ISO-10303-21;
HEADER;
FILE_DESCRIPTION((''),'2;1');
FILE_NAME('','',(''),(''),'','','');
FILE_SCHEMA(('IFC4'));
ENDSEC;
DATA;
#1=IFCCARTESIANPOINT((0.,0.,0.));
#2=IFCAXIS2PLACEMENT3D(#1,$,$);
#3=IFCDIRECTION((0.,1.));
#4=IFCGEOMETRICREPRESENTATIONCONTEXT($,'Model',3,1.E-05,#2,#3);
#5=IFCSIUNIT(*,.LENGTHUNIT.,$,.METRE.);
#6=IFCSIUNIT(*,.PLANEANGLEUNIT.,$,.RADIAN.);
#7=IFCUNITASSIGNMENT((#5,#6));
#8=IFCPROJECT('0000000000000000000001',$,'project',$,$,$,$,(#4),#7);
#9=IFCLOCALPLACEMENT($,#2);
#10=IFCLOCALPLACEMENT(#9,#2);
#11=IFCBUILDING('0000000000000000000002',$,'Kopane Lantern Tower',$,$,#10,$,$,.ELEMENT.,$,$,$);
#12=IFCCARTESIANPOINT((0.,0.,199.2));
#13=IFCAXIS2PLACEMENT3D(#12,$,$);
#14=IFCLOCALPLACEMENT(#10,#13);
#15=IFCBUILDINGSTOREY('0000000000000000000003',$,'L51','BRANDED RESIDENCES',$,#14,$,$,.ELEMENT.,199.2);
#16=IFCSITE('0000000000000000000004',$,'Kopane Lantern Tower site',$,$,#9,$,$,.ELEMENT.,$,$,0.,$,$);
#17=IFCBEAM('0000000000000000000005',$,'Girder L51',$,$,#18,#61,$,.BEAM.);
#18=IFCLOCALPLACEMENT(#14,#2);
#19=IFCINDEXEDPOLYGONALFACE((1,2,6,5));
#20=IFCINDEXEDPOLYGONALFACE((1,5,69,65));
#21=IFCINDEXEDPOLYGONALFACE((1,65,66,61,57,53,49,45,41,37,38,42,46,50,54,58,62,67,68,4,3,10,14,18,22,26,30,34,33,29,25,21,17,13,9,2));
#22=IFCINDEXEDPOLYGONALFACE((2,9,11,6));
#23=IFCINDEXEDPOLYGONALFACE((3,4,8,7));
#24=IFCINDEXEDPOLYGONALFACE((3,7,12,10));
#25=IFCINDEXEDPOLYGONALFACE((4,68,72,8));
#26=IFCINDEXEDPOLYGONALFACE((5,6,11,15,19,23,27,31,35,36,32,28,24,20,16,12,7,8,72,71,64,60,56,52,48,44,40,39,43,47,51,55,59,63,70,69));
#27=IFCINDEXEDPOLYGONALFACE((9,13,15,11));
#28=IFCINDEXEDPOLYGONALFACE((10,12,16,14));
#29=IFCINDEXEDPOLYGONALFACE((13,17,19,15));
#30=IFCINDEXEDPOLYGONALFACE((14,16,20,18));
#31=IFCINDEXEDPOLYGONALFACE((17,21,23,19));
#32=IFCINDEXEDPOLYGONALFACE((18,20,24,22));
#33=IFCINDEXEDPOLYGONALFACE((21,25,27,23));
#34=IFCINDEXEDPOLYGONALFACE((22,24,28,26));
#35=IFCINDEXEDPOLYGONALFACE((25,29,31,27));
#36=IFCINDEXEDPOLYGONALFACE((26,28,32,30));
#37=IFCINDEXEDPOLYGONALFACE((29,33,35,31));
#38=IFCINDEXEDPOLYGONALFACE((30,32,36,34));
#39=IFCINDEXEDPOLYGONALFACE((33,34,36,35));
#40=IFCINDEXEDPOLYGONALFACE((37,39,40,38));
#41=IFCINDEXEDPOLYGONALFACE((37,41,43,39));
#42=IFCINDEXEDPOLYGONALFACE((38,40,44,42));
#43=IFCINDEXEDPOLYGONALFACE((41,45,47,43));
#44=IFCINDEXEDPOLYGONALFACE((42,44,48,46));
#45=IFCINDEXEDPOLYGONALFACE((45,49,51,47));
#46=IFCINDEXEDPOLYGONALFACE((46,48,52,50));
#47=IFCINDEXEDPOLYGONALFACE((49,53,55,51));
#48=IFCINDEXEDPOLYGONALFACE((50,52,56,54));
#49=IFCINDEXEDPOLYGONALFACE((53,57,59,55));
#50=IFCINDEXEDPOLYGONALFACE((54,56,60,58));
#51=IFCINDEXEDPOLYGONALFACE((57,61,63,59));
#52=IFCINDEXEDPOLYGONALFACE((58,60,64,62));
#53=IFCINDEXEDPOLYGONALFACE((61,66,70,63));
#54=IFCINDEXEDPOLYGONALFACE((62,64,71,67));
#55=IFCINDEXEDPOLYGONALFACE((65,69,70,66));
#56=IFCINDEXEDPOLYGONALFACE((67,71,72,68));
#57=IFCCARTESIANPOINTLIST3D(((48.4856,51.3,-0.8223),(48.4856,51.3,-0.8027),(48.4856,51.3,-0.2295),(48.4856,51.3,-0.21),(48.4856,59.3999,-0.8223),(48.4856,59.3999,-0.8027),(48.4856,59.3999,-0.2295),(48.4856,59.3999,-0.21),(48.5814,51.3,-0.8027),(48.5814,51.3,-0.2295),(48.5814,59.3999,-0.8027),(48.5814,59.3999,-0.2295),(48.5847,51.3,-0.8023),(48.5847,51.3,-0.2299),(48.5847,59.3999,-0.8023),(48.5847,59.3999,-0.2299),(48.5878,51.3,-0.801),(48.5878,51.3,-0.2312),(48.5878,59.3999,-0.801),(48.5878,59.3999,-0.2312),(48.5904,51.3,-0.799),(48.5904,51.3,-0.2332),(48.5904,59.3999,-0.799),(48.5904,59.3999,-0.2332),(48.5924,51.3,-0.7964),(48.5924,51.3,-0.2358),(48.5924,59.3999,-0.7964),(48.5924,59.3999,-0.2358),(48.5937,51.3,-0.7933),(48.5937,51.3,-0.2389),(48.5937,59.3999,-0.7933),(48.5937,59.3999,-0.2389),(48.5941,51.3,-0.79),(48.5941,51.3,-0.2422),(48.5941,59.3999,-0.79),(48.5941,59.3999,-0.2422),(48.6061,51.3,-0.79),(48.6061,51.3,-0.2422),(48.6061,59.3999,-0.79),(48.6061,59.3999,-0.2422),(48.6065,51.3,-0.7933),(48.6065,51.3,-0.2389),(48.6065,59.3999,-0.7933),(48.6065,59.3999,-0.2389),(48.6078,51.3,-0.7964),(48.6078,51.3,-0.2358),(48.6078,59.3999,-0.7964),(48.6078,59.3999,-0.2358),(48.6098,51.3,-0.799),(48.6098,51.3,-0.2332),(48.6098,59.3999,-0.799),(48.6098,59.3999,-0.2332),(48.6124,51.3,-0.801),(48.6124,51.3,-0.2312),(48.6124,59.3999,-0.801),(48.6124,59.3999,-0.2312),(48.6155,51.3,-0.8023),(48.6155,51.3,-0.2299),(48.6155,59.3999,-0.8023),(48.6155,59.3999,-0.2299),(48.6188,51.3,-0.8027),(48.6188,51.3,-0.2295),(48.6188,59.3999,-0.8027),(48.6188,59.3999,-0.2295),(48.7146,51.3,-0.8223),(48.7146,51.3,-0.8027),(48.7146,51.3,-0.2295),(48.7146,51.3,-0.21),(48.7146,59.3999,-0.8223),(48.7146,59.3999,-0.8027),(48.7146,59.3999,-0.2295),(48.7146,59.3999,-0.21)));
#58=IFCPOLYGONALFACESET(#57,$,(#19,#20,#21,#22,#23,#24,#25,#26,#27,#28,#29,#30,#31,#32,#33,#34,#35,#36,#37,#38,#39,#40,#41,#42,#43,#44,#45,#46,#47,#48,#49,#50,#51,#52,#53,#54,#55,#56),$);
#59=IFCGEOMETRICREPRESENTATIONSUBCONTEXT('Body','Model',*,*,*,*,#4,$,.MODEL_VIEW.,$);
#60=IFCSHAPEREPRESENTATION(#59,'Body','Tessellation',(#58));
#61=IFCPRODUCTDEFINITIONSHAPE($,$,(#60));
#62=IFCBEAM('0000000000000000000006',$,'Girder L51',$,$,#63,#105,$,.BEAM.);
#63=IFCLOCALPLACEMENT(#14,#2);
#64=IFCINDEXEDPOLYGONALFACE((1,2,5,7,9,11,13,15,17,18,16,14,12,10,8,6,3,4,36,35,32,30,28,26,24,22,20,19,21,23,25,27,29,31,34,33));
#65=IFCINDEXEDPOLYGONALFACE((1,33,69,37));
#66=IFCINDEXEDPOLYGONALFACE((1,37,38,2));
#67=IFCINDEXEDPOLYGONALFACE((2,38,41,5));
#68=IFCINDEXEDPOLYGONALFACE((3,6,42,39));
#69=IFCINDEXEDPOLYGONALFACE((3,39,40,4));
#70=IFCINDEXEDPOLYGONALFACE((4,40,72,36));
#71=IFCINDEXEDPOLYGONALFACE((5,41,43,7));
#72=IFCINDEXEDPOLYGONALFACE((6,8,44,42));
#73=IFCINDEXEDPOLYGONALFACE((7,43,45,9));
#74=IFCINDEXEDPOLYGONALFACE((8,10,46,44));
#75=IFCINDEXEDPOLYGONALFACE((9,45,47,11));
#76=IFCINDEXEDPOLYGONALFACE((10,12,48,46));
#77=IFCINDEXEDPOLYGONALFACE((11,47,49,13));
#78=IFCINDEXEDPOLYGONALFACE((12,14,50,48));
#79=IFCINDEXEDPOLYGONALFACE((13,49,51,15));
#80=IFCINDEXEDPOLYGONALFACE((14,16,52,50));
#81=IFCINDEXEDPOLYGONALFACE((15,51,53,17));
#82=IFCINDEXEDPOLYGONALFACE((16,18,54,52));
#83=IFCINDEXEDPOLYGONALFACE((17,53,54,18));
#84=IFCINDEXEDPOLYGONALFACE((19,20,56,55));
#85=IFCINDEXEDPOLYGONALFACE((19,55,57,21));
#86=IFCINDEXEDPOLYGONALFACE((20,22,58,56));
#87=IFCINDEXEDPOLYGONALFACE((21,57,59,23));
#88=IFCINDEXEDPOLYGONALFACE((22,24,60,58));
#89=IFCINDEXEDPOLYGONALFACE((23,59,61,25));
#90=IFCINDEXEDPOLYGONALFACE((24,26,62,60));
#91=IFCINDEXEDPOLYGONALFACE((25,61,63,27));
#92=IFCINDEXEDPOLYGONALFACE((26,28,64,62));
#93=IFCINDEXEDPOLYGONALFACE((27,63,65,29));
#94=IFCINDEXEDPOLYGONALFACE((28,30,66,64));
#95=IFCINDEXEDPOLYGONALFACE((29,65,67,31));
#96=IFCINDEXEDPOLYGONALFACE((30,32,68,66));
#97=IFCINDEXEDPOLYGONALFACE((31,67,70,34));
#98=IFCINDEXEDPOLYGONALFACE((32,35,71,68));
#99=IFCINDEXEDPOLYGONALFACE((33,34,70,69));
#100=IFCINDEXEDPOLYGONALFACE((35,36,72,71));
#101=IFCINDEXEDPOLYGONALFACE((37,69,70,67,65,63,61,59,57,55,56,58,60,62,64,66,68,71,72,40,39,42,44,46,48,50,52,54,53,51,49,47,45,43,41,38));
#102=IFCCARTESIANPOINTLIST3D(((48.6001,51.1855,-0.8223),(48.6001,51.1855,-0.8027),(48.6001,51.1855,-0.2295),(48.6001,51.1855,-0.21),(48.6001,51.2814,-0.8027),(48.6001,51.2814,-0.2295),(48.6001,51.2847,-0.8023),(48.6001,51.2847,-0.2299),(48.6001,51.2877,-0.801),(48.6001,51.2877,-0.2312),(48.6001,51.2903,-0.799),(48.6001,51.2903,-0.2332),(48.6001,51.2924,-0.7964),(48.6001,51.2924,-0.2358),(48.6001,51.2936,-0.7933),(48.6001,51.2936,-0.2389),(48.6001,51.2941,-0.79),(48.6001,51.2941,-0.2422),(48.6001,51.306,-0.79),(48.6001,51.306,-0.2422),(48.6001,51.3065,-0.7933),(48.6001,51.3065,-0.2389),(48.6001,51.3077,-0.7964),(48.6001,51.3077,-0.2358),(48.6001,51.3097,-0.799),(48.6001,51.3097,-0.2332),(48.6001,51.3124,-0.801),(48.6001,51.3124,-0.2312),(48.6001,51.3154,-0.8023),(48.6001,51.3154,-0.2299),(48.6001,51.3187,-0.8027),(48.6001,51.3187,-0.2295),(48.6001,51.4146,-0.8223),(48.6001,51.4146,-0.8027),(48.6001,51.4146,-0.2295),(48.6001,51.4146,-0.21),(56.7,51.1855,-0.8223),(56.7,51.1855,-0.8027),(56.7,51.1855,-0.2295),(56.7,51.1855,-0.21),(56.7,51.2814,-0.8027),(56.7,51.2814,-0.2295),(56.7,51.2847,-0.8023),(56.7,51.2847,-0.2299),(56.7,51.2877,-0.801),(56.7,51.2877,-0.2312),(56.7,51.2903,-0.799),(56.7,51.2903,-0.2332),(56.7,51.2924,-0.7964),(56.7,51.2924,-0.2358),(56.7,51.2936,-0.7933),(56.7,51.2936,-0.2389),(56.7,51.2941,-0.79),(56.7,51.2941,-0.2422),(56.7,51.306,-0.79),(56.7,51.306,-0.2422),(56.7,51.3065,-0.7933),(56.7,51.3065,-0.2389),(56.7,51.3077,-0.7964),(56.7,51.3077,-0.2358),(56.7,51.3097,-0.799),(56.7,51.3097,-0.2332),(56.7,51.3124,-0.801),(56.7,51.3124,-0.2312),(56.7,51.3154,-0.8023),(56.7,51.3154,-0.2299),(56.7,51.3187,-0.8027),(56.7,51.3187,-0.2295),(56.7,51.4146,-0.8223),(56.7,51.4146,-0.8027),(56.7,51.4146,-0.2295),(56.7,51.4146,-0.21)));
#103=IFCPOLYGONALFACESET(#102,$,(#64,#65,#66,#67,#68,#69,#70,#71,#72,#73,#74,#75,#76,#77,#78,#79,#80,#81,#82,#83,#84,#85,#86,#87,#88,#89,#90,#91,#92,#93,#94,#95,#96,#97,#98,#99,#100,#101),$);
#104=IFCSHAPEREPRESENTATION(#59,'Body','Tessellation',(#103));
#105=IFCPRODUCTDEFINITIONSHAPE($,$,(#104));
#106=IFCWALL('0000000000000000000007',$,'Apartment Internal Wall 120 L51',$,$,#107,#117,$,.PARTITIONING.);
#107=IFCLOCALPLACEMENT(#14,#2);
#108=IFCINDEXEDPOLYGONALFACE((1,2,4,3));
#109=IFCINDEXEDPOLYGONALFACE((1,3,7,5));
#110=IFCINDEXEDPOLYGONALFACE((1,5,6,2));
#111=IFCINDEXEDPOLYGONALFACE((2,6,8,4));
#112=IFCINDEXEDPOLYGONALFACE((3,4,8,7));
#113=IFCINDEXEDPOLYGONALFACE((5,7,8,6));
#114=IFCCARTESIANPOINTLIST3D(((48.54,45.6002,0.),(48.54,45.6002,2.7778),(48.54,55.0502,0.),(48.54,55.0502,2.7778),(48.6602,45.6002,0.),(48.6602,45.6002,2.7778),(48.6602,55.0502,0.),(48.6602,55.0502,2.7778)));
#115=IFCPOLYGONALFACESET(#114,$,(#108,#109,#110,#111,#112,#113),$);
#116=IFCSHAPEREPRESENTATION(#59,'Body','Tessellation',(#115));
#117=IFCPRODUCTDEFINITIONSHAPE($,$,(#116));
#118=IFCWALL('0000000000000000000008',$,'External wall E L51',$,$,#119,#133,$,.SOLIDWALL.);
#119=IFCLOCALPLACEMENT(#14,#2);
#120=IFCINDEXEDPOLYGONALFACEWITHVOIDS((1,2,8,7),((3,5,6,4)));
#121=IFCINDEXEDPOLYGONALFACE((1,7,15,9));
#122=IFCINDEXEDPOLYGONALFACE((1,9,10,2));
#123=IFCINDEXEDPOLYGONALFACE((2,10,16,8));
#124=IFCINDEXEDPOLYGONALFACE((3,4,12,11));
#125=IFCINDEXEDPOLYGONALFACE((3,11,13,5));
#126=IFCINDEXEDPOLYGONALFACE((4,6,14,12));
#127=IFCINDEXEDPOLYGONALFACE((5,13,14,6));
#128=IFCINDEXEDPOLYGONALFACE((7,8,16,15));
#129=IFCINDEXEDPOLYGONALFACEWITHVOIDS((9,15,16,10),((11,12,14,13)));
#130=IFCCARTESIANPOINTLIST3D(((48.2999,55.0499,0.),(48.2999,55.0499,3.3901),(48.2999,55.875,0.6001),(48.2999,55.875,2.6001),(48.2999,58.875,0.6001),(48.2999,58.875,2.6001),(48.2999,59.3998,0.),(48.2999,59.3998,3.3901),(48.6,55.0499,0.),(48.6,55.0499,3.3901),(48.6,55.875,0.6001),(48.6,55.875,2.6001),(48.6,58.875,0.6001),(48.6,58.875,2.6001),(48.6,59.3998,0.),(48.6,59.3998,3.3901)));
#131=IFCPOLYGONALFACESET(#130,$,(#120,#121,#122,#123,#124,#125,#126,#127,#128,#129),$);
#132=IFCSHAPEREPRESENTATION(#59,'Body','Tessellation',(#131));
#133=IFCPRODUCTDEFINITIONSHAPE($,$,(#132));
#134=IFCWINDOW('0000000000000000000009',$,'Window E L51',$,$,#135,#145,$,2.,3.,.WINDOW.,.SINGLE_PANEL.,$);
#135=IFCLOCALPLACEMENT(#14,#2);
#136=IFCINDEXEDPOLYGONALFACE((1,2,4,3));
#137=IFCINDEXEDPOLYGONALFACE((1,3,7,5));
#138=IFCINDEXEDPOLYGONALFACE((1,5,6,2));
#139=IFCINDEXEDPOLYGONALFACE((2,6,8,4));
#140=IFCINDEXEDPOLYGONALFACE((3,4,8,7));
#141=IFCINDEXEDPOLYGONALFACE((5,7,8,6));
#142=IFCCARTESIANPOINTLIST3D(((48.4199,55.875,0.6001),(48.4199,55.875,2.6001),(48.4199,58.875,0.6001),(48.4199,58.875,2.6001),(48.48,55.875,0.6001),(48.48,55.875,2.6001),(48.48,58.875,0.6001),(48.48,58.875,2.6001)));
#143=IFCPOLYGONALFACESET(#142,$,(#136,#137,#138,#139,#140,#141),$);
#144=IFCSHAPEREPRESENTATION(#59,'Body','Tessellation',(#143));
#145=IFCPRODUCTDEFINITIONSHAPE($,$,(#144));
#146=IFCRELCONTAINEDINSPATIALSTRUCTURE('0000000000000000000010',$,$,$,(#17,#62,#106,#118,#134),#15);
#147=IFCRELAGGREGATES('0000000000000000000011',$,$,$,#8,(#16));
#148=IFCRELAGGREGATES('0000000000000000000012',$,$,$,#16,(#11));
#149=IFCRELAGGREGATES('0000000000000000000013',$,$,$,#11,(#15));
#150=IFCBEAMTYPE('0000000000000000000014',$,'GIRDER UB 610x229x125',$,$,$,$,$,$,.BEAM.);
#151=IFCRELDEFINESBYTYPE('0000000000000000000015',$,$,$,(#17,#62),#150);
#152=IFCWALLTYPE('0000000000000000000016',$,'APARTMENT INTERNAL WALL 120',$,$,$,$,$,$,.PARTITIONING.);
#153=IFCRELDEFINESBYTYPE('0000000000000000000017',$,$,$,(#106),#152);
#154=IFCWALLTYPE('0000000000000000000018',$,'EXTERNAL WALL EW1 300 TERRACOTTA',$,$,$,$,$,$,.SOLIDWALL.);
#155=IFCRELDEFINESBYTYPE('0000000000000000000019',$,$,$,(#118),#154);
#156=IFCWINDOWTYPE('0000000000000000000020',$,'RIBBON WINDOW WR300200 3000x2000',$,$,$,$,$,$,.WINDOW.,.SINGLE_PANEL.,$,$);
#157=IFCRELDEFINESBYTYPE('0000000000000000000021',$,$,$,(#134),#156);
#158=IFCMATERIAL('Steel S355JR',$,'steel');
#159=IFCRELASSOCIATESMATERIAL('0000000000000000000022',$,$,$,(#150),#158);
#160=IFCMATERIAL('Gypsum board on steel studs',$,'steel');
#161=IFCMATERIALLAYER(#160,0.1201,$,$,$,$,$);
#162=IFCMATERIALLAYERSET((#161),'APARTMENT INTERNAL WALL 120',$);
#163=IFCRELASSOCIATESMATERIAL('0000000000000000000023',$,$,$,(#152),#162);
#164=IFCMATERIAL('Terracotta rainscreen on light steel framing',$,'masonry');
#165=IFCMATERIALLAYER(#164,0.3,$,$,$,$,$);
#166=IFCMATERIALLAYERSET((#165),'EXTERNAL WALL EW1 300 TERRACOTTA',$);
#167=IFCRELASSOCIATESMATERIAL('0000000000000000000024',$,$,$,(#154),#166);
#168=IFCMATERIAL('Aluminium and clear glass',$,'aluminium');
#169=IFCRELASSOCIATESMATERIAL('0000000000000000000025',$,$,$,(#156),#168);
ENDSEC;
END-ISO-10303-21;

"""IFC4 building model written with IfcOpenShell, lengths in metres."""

from ifc_helpers import new_model, si_unit, direction, frame, frame_2d, origin, origin_2d, place, context, subcontext, project, spatial, rectangle, i_section, extrude, material, layer, layer_set, material_profile, profile_set, type_object, element, fill, save


model = new_model("IFC4")

# Units and contexts
model_context = context("Model", 3, precision=1e-05, world=origin(), true_north=direction((0.0, 1.0)))
body_context = subcontext(model_context, "Body", "Model", "MODEL_VIEW")
ifc_project = project(units=[si_unit("LENGTHUNIT", "METRE"), si_unit("PLANEANGLEUNIT", "RADIAN")], contexts=[model_context])

# Site, building, storey
site_placement = place(None, origin())
site = spatial("IfcSite", under=ifc_project, at=site_placement, Name="Kopane Lantern Tower site", CompositionType="ELEMENT", RefElevation=0.0)
building_placement = place(site_placement, origin())
building = spatial("IfcBuilding", under=site, at=building_placement, Name="Kopane Lantern Tower", CompositionType="ELEMENT")
storey_placement = place(building_placement, frame((0.0, 0.0, 199.2)))
storey = spatial("IfcBuildingStorey", under=building, at=storey_placement, Name="L51", Description="BRANDED RESIDENCES", CompositionType="ELEMENT", Elevation=199.2)

# Beams
ifc_material_1 = material(Name="Steel S355JR", Category="steel")
ifc_material_profile_1 = material_profile(ifc_material_1, i_section(OverallWidth=0.229, OverallDepth=0.6123, WebThickness=0.012, FlangeThickness=0.0195, FilletRadius=0.0127, at=origin_2d()), Name="UB 610x229x125")
ifc_profile_set_1 = profile_set([ifc_material_profile_1], Name="Steel S355JR")
beam_type = type_object("IfcBeamType", Name="GIRDER UB 610x229x125", PredefinedType="BEAM", material=ifc_profile_set_1)
for number, where, z_axis, x_axis, name in (
    (1, (48.6001, 51.3, -0.5161), (0.0, 1.0, 0.0), (-1.0, 0.0, 0.0), "Girder L51"),
    (2, (48.6001, 51.3, -0.5161), (1.0, 0.0, 0.0), (0.0, 1.0, 0.0), "Girder L51"),
):
    element("IfcBeam", number, at=place(storey_placement, frame(where, z_axis=z_axis, x_axis=x_axis)), inside=storey, type_object=beam_type, Name=name, PredefinedType="BEAM", context=body_context, shape_type="SweptSolid", body=[
        extrude(i_section(OverallWidth=0.229, OverallDepth=0.6123, WebThickness=0.012, FlangeThickness=0.0195, FilletRadius=0.0127, at=origin_2d()), origin(), (0.0, 0.0, 1.0), 8.0999),
    ])

# Wall
ifc_material_2 = material(Name="Gypsum board on steel studs", Category="steel")
ifc_layer_1 = layer(ifc_material_2, 0.1201)
ifc_layer_set_1 = layer_set([ifc_layer_1], Name="APARTMENT INTERNAL WALL 120")
wall_type_1 = type_object("IfcWallType", Name="APARTMENT INTERNAL WALL 120", PredefinedType="PARTITIONING", material=ifc_layer_set_1)
wall_1_placement = place(storey_placement, frame((48.6001, 45.6001, 0.0), z_axis=(0.0, 0.0, 1.0), x_axis=(0.0, 1.0, 0.0)))
element("IfcWall", 3, at=wall_1_placement, inside=storey, type_object=wall_type_1, Name="Apartment Internal Wall 120 L51", PredefinedType="PARTITIONING", context=body_context, shape_type="SweptSolid", body=[
    extrude(rectangle(XDim=9.45, YDim=0.1201, at=frame_2d((4.7251, 0.0))), origin(), (0.0, 0.0, 1.0), 2.7778),
])

# Wall, opening, window
ifc_material_3 = material(Name="Terracotta rainscreen on light steel framing", Category="masonry")
ifc_layer_2 = layer(ifc_material_3, 0.3)
ifc_layer_set_2 = layer_set([ifc_layer_2], Name="EXTERNAL WALL EW1 300 TERRACOTTA")
wall_type_2 = type_object("IfcWallType", Name="EXTERNAL WALL EW1 300 TERRACOTTA", PredefinedType="SOLIDWALL", material=ifc_layer_set_2)
wall_2_placement = place(storey_placement, frame((48.45, 55.05, 0.0), z_axis=(0.0, 0.0, 1.0), x_axis=(0.0, 1.0, 0.0)))
wall_2 = element("IfcWall", 4, at=wall_2_placement, inside=storey, type_object=wall_type_2, Name="External wall E L51", PredefinedType="SOLIDWALL", context=body_context, shape_type="SweptSolid", body=[
    extrude(rectangle(XDim=4.3499, YDim=0.3, at=frame_2d((2.1748, 0.0))), origin(), (0.0, 0.0, 1.0), 3.3901),
])
opening_1_placement = place(wall_2_placement, frame((0.825, 0.0, 0.6001)))
opening_1 = element("IfcOpeningElement", 5, at=opening_1_placement, cuts=wall_2, PredefinedType="OPENING", context=body_context, shape_type="SweptSolid", body=[
    extrude(rectangle(XDim=3.0, YDim=2.0, at=frame_2d((1.5, 1.0))), frame((0.0, 0.1599, 0.0), z_axis=(0.0, -1.0, 0.0), x_axis=(1.0, 0.0, 0.0)), (0.0, 0.0, 1.0), 0.3201),
])
ifc_material_4 = material(Name="Aluminium and clear glass", Category="aluminium")
window_type_1 = type_object("IfcWindowType", Name="RIBBON WINDOW WR300200 3000x2000", PartitioningType="SINGLE_PANEL", PredefinedType="WINDOW", material=ifc_material_4)
window_1_placement = place(opening_1_placement, origin())
window_1 = element("IfcWindow", 6, at=window_1_placement, inside=storey, type_object=window_type_1, Name="Window E L51", OverallHeight=2.0, OverallWidth=3.0, PartitioningType="SINGLE_PANEL", PredefinedType="WINDOW", context=body_context, shape_type="SweptSolid", body=[
    extrude(rectangle(XDim=3.0, YDim=2.0, at=frame_2d((1.5, 1.0))), frame((0.0, 0.03, 0.0), z_axis=(0.0, -1.0, 0.0), x_axis=(1.0, 0.0, 0.0)), (0.0, 0.0, 1.0), 0.0601),
])
fill(opening_1, window_1)

save(model, "model.ifc")
